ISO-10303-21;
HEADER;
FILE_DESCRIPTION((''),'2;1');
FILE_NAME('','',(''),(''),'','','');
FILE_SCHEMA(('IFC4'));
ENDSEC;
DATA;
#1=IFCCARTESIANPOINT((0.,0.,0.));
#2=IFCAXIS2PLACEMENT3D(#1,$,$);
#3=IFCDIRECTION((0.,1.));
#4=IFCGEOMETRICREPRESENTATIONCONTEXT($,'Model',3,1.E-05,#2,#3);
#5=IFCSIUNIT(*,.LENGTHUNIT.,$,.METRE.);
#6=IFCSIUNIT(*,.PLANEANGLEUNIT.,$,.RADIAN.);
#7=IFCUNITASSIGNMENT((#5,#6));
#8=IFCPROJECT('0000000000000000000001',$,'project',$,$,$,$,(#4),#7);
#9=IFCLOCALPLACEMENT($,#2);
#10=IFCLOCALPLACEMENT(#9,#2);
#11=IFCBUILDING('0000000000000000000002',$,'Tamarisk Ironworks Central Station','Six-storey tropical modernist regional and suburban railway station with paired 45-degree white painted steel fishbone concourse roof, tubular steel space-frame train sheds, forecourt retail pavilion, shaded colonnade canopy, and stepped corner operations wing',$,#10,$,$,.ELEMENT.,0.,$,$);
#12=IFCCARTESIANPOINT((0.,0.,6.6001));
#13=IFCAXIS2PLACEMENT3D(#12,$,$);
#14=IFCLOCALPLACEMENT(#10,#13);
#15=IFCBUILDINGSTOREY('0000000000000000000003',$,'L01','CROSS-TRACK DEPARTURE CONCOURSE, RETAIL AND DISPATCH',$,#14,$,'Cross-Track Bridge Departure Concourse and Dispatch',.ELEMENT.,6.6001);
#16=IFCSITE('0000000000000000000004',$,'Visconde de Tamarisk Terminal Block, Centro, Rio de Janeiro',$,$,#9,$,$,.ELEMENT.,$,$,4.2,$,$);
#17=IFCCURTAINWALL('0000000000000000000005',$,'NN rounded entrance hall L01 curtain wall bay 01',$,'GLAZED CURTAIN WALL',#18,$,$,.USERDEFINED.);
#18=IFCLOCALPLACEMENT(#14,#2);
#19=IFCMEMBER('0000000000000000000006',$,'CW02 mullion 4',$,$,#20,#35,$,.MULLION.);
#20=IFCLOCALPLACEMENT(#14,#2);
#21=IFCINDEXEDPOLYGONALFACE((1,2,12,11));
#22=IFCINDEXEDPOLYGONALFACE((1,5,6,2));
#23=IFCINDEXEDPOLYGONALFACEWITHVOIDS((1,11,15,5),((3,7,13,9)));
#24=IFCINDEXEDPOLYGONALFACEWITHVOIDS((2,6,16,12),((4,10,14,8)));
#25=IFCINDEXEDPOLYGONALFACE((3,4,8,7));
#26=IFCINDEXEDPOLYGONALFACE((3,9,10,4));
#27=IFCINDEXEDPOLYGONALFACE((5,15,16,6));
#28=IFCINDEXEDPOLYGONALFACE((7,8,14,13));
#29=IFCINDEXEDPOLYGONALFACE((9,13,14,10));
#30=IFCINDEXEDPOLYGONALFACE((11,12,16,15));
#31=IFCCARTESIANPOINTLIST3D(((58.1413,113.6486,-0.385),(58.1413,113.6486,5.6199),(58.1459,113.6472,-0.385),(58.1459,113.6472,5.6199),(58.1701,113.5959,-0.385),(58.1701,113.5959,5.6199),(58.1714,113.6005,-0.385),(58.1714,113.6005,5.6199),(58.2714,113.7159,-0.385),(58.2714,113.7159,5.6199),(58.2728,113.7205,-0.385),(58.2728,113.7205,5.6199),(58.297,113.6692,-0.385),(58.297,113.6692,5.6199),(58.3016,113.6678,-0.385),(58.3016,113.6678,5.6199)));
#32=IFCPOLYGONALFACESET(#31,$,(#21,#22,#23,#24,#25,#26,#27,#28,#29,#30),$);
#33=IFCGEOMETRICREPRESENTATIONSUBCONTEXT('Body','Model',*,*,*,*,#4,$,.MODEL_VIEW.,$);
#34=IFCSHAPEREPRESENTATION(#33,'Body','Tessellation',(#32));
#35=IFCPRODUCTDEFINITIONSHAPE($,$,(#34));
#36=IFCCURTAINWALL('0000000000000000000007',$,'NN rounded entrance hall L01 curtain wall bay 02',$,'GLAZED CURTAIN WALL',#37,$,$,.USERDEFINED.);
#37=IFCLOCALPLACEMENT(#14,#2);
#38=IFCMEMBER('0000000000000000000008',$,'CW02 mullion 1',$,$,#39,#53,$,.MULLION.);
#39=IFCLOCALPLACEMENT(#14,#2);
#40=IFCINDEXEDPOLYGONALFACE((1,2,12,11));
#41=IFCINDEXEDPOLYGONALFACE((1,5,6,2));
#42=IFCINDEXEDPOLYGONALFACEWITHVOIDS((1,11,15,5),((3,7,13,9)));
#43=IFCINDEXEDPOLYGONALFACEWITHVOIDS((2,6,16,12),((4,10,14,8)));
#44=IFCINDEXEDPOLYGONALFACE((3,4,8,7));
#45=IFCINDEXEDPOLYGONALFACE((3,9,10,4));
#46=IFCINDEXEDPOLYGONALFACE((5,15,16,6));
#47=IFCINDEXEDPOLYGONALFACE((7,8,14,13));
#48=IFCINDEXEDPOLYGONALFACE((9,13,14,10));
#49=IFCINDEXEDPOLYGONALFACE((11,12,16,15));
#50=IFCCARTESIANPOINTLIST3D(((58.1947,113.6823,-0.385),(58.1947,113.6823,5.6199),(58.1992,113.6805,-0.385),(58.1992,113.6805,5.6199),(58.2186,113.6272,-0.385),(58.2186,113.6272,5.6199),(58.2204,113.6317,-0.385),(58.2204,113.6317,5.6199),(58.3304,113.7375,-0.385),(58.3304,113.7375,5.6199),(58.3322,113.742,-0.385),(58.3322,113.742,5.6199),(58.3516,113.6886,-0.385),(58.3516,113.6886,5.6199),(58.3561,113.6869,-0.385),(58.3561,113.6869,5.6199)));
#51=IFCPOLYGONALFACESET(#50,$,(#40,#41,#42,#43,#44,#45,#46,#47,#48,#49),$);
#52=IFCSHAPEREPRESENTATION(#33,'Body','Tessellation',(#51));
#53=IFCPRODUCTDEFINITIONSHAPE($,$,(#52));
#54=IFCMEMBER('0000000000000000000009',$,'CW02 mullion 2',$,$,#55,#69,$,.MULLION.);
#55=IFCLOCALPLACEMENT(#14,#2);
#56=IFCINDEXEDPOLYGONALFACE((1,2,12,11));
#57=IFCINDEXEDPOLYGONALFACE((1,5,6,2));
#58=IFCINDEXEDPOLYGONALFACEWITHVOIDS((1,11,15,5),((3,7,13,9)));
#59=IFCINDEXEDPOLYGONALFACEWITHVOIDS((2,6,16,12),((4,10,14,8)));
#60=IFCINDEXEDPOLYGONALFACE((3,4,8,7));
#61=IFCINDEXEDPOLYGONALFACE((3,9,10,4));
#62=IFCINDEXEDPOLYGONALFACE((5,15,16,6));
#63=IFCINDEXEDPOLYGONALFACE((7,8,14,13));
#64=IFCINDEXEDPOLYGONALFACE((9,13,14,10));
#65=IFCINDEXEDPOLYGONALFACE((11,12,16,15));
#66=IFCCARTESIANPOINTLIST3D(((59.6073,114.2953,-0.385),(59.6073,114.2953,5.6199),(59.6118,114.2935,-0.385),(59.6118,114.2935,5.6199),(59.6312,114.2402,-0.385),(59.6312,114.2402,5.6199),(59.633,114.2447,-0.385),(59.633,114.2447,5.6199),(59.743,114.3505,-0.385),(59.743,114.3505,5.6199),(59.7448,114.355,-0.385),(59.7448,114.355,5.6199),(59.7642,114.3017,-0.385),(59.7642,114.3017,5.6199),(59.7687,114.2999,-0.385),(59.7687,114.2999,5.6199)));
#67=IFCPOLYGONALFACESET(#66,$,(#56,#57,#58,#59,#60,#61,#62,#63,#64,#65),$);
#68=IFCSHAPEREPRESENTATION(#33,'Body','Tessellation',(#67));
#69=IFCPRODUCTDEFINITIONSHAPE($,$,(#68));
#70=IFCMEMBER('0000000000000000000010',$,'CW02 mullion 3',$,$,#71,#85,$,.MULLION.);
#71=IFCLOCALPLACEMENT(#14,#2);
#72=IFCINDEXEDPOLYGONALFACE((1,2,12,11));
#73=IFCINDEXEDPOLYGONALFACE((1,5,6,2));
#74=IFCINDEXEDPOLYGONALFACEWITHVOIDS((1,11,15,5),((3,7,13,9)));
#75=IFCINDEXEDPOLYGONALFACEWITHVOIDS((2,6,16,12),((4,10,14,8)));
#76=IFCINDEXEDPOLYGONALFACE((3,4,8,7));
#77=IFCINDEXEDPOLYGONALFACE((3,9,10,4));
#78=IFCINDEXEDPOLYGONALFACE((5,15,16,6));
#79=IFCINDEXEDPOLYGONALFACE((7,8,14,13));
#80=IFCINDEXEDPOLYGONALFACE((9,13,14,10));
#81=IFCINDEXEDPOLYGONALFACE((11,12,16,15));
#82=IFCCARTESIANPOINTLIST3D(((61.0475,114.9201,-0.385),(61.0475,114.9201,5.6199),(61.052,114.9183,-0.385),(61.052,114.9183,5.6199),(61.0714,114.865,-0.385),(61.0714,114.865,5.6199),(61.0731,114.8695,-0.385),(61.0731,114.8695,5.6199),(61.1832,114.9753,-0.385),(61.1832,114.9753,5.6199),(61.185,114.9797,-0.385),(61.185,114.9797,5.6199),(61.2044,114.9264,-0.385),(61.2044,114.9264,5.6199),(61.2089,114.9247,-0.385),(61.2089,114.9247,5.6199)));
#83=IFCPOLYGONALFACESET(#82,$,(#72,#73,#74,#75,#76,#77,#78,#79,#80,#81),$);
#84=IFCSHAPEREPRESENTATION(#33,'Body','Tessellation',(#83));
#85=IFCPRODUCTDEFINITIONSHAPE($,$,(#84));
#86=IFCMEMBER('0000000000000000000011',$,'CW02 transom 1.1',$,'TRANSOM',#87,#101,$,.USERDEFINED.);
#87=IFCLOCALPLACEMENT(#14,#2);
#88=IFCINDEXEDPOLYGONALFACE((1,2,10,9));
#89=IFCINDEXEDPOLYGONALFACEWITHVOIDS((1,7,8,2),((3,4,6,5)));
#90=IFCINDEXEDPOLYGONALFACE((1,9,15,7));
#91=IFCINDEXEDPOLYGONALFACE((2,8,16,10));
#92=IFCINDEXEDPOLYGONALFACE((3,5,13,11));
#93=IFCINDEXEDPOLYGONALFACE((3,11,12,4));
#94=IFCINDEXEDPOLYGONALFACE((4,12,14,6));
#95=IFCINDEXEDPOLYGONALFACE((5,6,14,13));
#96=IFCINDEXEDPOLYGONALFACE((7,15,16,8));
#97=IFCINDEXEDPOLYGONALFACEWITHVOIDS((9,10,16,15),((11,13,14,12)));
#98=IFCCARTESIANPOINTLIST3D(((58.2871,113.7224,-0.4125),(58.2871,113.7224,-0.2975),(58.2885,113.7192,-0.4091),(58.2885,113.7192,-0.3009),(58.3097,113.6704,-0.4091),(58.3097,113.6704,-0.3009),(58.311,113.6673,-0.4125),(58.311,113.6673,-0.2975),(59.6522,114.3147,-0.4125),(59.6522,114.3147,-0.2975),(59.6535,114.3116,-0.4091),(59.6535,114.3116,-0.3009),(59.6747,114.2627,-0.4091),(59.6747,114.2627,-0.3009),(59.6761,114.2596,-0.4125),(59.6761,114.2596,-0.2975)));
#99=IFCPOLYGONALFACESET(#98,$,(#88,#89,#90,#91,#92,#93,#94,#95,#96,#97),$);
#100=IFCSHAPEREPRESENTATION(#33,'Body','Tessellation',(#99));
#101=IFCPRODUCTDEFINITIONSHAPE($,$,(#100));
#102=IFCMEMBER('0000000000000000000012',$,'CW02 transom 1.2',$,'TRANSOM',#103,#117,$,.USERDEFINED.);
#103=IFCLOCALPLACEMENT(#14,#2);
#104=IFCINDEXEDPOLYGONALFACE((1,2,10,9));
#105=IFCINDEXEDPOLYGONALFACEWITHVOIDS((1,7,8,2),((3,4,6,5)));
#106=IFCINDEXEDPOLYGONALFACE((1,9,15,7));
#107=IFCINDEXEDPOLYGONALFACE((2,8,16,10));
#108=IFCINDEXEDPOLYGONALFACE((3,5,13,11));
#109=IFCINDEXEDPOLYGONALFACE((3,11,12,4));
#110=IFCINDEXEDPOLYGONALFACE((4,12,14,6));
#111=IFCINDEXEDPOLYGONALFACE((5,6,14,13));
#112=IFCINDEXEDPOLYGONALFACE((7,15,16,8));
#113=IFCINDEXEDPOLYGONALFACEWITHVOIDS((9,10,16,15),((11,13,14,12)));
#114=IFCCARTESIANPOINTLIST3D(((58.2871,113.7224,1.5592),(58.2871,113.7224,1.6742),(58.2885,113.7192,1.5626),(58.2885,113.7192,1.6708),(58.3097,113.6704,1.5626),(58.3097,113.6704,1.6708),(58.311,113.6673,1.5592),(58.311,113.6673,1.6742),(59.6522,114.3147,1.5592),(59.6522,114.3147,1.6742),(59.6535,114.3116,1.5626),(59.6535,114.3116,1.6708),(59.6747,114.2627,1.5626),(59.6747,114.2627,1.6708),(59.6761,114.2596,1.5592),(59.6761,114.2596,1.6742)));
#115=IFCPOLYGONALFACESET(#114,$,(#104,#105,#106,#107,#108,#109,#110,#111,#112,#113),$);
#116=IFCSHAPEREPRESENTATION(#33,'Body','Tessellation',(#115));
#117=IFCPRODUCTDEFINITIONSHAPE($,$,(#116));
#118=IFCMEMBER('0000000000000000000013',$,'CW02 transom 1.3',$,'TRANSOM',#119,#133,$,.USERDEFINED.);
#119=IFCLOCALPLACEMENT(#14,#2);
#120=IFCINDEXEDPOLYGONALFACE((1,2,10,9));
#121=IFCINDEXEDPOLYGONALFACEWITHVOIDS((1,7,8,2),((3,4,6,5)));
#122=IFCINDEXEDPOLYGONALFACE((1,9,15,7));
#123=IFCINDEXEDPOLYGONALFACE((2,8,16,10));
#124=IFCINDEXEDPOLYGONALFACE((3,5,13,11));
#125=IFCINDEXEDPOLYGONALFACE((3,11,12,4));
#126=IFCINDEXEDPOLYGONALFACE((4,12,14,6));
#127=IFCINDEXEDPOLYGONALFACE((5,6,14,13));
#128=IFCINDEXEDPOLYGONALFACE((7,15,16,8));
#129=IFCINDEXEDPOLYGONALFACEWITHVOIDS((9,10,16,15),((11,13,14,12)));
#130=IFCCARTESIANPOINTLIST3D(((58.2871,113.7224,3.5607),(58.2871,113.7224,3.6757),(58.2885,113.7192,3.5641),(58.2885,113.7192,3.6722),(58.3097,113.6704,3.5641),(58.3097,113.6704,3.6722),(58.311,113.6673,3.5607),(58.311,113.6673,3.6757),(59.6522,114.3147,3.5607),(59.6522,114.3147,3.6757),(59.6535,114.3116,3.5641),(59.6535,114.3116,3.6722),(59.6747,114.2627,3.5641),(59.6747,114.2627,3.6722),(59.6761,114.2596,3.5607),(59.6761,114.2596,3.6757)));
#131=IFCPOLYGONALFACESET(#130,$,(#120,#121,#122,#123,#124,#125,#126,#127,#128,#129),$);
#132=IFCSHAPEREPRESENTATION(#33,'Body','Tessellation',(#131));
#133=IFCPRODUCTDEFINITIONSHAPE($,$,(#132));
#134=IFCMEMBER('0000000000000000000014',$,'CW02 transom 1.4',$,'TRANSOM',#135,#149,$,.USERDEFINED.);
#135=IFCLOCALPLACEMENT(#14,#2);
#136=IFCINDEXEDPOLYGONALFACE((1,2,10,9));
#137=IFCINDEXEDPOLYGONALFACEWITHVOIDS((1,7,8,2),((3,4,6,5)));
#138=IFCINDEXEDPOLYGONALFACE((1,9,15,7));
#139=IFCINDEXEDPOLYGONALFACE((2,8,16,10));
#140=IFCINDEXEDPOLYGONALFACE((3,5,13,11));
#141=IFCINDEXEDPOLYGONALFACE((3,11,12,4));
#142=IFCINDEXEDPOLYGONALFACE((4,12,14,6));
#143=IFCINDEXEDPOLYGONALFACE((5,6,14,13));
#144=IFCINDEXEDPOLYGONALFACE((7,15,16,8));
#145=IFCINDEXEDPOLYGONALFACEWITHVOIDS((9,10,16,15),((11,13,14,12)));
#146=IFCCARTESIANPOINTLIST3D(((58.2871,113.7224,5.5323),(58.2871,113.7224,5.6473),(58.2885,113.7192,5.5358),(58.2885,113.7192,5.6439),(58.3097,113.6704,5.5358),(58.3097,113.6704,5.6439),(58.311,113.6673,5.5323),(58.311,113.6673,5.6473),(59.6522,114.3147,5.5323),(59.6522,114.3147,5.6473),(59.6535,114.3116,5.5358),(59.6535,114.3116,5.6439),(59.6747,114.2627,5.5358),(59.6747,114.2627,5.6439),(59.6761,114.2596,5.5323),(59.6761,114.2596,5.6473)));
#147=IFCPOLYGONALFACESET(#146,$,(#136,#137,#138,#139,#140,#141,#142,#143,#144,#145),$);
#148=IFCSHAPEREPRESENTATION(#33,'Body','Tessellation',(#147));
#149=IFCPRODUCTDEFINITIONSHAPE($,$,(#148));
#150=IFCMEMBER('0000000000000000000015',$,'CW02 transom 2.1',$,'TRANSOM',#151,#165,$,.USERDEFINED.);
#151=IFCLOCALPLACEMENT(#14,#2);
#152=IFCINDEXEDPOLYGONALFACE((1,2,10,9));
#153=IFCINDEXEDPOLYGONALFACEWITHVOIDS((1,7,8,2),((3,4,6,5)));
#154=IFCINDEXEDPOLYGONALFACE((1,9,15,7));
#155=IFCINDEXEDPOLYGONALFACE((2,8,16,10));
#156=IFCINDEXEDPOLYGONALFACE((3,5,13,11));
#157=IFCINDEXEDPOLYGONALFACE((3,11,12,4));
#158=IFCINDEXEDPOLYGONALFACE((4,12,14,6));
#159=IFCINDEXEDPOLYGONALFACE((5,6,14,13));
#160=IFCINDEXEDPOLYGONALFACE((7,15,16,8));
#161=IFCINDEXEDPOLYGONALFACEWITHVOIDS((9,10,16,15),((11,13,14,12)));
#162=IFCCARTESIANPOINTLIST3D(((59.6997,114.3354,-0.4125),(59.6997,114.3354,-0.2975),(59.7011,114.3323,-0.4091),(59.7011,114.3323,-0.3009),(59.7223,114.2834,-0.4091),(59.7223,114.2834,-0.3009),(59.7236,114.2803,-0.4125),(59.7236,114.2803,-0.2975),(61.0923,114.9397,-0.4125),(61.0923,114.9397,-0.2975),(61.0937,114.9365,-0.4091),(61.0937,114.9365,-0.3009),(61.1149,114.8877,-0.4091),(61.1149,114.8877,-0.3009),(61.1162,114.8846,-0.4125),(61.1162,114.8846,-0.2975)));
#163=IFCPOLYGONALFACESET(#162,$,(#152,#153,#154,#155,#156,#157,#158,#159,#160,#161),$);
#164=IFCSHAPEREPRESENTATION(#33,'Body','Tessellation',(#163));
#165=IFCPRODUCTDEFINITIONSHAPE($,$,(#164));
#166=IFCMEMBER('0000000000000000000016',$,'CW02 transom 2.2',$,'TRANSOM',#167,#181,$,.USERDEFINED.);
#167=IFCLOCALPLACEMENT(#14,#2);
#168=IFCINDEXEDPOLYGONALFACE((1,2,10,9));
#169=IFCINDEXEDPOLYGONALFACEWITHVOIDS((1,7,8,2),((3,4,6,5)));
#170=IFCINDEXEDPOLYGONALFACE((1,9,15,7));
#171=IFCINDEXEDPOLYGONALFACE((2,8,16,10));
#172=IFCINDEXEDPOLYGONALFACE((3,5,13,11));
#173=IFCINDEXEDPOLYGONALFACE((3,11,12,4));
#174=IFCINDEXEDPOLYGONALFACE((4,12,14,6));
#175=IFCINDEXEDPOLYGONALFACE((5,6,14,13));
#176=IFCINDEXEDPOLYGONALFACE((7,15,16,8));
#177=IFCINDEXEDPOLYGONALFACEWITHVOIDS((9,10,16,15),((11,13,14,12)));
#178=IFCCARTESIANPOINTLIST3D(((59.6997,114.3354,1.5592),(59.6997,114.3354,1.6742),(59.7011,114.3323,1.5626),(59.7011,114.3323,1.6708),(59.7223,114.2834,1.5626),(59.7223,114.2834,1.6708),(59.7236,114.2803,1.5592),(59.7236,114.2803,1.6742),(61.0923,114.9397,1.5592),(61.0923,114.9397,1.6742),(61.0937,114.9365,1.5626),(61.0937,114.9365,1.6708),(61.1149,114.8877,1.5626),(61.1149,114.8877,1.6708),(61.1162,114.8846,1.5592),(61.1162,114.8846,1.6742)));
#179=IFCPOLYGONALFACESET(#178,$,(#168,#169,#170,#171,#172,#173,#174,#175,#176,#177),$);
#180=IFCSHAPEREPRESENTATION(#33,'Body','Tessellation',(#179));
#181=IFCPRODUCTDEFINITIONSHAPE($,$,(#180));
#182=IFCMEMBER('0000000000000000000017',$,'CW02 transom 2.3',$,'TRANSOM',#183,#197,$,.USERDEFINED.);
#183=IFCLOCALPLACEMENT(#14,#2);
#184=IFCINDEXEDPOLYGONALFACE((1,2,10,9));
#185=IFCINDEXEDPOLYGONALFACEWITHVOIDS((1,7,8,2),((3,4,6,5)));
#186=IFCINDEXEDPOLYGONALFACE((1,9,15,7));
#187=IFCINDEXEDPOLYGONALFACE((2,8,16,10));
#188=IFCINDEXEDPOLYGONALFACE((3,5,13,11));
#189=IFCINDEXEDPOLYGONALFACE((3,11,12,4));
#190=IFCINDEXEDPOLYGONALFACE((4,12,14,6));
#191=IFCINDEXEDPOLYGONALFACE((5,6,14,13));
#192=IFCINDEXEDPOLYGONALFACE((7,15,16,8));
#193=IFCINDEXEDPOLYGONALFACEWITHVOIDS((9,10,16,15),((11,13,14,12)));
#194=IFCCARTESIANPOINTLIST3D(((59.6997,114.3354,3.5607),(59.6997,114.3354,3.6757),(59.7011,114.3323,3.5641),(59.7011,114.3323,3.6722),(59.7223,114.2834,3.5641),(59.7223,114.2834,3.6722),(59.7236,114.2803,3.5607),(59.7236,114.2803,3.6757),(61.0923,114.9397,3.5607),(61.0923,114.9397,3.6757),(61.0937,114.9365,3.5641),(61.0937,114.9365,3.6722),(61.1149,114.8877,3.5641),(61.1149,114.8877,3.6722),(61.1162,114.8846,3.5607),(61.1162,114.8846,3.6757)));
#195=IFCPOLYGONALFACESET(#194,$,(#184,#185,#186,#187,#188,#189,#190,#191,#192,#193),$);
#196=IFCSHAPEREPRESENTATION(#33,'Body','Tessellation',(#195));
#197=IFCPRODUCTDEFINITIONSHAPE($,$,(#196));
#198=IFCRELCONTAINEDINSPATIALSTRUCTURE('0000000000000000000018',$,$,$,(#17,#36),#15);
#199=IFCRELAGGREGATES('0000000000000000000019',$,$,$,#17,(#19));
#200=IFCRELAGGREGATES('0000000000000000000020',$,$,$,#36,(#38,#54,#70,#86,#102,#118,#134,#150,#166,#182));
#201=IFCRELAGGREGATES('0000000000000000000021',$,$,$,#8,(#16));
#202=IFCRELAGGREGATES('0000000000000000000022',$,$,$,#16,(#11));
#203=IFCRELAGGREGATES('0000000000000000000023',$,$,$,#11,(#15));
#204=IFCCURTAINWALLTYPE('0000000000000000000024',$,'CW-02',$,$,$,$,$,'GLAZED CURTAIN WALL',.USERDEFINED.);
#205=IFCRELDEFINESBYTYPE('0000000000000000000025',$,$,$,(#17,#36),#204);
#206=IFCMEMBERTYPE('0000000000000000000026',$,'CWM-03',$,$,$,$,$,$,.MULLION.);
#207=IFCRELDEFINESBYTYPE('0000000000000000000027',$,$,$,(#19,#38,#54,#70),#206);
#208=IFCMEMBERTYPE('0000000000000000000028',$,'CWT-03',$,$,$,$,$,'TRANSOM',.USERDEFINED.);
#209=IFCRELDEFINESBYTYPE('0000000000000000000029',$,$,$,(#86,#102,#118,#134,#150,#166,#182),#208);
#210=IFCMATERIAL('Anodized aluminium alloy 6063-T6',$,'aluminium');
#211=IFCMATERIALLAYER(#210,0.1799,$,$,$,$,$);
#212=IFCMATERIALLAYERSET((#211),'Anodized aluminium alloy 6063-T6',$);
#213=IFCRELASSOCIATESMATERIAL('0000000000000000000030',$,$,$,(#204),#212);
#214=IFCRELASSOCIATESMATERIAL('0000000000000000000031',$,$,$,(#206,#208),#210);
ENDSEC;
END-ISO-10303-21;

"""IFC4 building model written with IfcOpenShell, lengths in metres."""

from ifc_helpers import new_model, si_unit, direction, frame, origin, origin_2d, place, context, subcontext, project, spatial, hollow_rectangle, extrude, material, layer, layer_set, material_profile, profile_set, type_object, element, aggregate, save


model = new_model("IFC4")

# Units and contexts
model_context = context("Model", 3, precision=1e-05, world=origin(), true_north=direction((0.0, 1.0)))
body_context = subcontext(model_context, "Body", "Model", "MODEL_VIEW")
ifc_project = project(units=[si_unit("LENGTHUNIT", "METRE"), si_unit("PLANEANGLEUNIT", "RADIAN")], contexts=[model_context])

# Site, building, storey
site_placement = place(None, origin())
site = spatial("IfcSite", under=ifc_project, at=site_placement, Name="Visconde de Tamarisk Terminal Block, Centro, Rio de Janeiro", CompositionType="ELEMENT", RefElevation=4.2)
building_placement = place(site_placement, origin())
building = spatial("IfcBuilding", under=site, at=building_placement, Name="Tamarisk Ironworks Central Station", Description="Six-storey tropical modernist regional and suburban railway station with paired 45-degree white painted steel fishbone concourse roof, tubular steel space-frame train sheds, forecourt retail pavilion, shaded colonnade canopy, and stepped corner operations wing", CompositionType="ELEMENT", ElevationOfRefHeight=0.0)
storey_placement = place(building_placement, frame((0.0, 0.0, 6.6001)))
storey = spatial("IfcBuildingStorey", under=building, at=storey_placement, Name="L01", Description="CROSS-TRACK DEPARTURE CONCOURSE, RETAIL AND DISPATCH", LongName="Cross-Track Bridge Departure Concourse and Dispatch", CompositionType="ELEMENT", Elevation=6.6001)

# Curtain wall, member
ifc_material_1 = material(Name="Anodized aluminium alloy 6063-T6", Category="aluminium")
ifc_layer_1 = layer(ifc_material_1, 0.1799)
ifc_layer_set_1 = layer_set([ifc_layer_1], Name="Anodized aluminium alloy 6063-T6")
curtain_wall_type = type_object("IfcCurtainWallType", Name="CW-02", ElementType="GLAZED CURTAIN WALL", PredefinedType="USERDEFINED", material=ifc_layer_set_1)
curtain_wall_1_placement = place(storey_placement, origin())
curtain_wall_1 = element("IfcCurtainWall", 1, at=curtain_wall_1_placement, inside=storey, type_object=curtain_wall_type, Name="NN rounded entrance hall L01 curtain wall bay 01", ObjectType="GLAZED CURTAIN WALL", PredefinedType="USERDEFINED")
ifc_material_profile_1 = material_profile(ifc_material_1, hollow_rectangle(XDim=0.0601, YDim=0.1499, WallThickness=0.0034, at=origin_2d()), Name="ALUM 150x60")
ifc_profile_set_1 = profile_set([ifc_material_profile_1], Name="Anodized aluminium alloy 6063-T6")
member_type_1 = type_object("IfcMemberType", Name="CWM-03", PredefinedType="MULLION", material=ifc_profile_set_1)
member_1_placement = place(storey_placement, frame((58.2214, 113.6582, -0.385), z_axis=(0.0, 0.0, 1.0), x_axis=(-0.479805, 0.877375, 0.0)))
member_1 = element("IfcMember", 2, at=member_1_placement, type_object=member_type_1, Name="CW02 mullion 4", PredefinedType="MULLION", context=body_context, shape_type="SweptSolid", body=[
    extrude(hollow_rectangle(XDim=0.0601, YDim=0.1499, WallThickness=0.0034, at=origin_2d()), origin(), (0.0, 0.0, 1.0), 6.0049),
])
aggregate(curtain_wall_1, [member_1])

# Curtain wall, members
curtain_wall_2_placement = place(storey_placement, origin())
curtain_wall_2 = element("IfcCurtainWall", 3, at=curtain_wall_2_placement, inside=storey, type_object=curtain_wall_type, Name="NN rounded entrance hall L01 curtain wall bay 02", ObjectType="GLAZED CURTAIN WALL", PredefinedType="USERDEFINED")
member_2_placement = place(storey_placement, frame((58.2754, 113.6846, -0.385), z_axis=(0.0, 0.0, 1.0), x_axis=(-0.398077, 0.917352, 0.0)))
member_2 = element("IfcMember", 4, at=member_2_placement, type_object=member_type_1, Name="CW02 mullion 1", PredefinedType="MULLION", context=body_context, shape_type="SweptSolid", body=[
    extrude(hollow_rectangle(XDim=0.0601, YDim=0.1499, WallThickness=0.0034, at=origin_2d()), origin(), (0.0, 0.0, 1.0), 6.0049),
])
member_3_placement = place(storey_placement, frame((59.688, 114.2976, -0.385), z_axis=(0.0, 0.0, 1.0), x_axis=(-0.398077, 0.917352, 0.0)))
member_3 = element("IfcMember", 5, at=member_3_placement, type_object=member_type_1, Name="CW02 mullion 2", PredefinedType="MULLION", context=body_context, shape_type="SweptSolid", body=[
    extrude(hollow_rectangle(XDim=0.0601, YDim=0.1499, WallThickness=0.0034, at=origin_2d()), origin(), (0.0, 0.0, 1.0), 6.0049),
])
member_4_placement = place(storey_placement, frame((61.1282, 114.9224, -0.385), z_axis=(0.0, 0.0, 1.0), x_axis=(-0.398077, 0.917352, 0.0)))
member_4 = element("IfcMember", 6, at=member_4_placement, type_object=member_type_1, Name="CW02 mullion 3", PredefinedType="MULLION", context=body_context, shape_type="SweptSolid", body=[
    extrude(hollow_rectangle(XDim=0.0601, YDim=0.1499, WallThickness=0.0034, at=origin_2d()), origin(), (0.0, 0.0, 1.0), 6.0049),
])
ifc_material_profile_2 = material_profile(ifc_material_1, hollow_rectangle(XDim=0.0601, YDim=0.115, WallThickness=0.0034, at=origin_2d()), Name="ALUM 115x60")
ifc_profile_set_2 = profile_set([ifc_material_profile_2], Name="Anodized aluminium alloy 6063-T6")
member_type_2 = type_object("IfcMemberType", Name="CWT-03", ElementType="TRANSOM", PredefinedType="USERDEFINED", material=ifc_profile_set_2)
member_5_placement = place(storey_placement, frame((58.2991, 113.6948, -0.355), z_axis=(0.917362, 0.398054, 0.0), x_axis=(-0.398054, 0.917362, 0.0)))
member_5 = element("IfcMember", 7, at=member_5_placement, type_object=member_type_2, Name="CW02 transom 1.1", ObjectType="TRANSOM", PredefinedType="USERDEFINED", context=body_context, shape_type="SweptSolid", body=[
    extrude(hollow_rectangle(XDim=0.0601, YDim=0.115, WallThickness=0.0034, at=origin_2d()), origin(), (0.0, 0.0, 1.0), 1.488),
])
member_6_placement = place(storey_placement, frame((58.2991, 113.6948, 1.6167), z_axis=(0.917362, 0.398054, 0.0), x_axis=(-0.398054, 0.917362, 0.0)))
member_6 = element("IfcMember", 8, at=member_6_placement, type_object=member_type_2, Name="CW02 transom 1.2", ObjectType="TRANSOM", PredefinedType="USERDEFINED", context=body_context, shape_type="SweptSolid", body=[
    extrude(hollow_rectangle(XDim=0.0601, YDim=0.115, WallThickness=0.0034, at=origin_2d()), origin(), (0.0, 0.0, 1.0), 1.488),
])
member_7_placement = place(storey_placement, frame((58.2991, 113.6948, 3.6182), z_axis=(0.917362, 0.398054, 0.0), x_axis=(-0.398054, 0.917362, 0.0)))
member_7 = element("IfcMember", 9, at=member_7_placement, type_object=member_type_2, Name="CW02 transom 1.3", ObjectType="TRANSOM", PredefinedType="USERDEFINED", context=body_context, shape_type="SweptSolid", body=[
    extrude(hollow_rectangle(XDim=0.0601, YDim=0.115, WallThickness=0.0034, at=origin_2d()), origin(), (0.0, 0.0, 1.0), 1.488),
])
member_8_placement = place(storey_placement, frame((58.2991, 113.6948, 5.5898), z_axis=(0.917362, 0.398054, 0.0), x_axis=(-0.398054, 0.917362, 0.0)))
member_8 = element("IfcMember", 10, at=member_8_placement, type_object=member_type_2, Name="CW02 transom 1.4", ObjectType="TRANSOM", PredefinedType="USERDEFINED", context=body_context, shape_type="SweptSolid", body=[
    extrude(hollow_rectangle(XDim=0.0601, YDim=0.115, WallThickness=0.0034, at=origin_2d()), origin(), (0.0, 0.0, 1.0), 1.488),
])
member_9_placement = place(storey_placement, frame((59.7117, 114.3079, -0.355), z_axis=(0.917364, 0.39805, 0.0), x_axis=(-0.39805, 0.917364, 0.0)))
member_9 = element("IfcMember", 11, at=member_9_placement, type_object=member_type_2, Name="CW02 transom 2.1", ObjectType="TRANSOM", PredefinedType="USERDEFINED", context=body_context, shape_type="SweptSolid", body=[
    extrude(hollow_rectangle(XDim=0.0601, YDim=0.115, WallThickness=0.0034, at=origin_2d()), origin(), (0.0, 0.0, 1.0), 1.5181),
])
member_10_placement = place(storey_placement, frame((59.7117, 114.3079, 1.6167), z_axis=(0.917364, 0.39805, 0.0), x_axis=(-0.39805, 0.917364, 0.0)))
member_10 = element("IfcMember", 12, at=member_10_placement, type_object=member_type_2, Name="CW02 transom 2.2", ObjectType="TRANSOM", PredefinedType="USERDEFINED", context=body_context, shape_type="SweptSolid", body=[
    extrude(hollow_rectangle(XDim=0.0601, YDim=0.115, WallThickness=0.0034, at=origin_2d()), origin(), (0.0, 0.0, 1.0), 1.5181),
])
member_11_placement = place(storey_placement, frame((59.7117, 114.3079, 3.6182), z_axis=(0.917364, 0.39805, 0.0), x_axis=(-0.39805, 0.917364, 0.0)))
member_11 = element("IfcMember", 13, at=member_11_placement, type_object=member_type_2, Name="CW02 transom 2.3", ObjectType="TRANSOM", PredefinedType="USERDEFINED", context=body_context, shape_type="SweptSolid", body=[
    extrude(hollow_rectangle(XDim=0.0601, YDim=0.115, WallThickness=0.0034, at=origin_2d()), origin(), (0.0, 0.0, 1.0), 1.5181),
])
aggregate(curtain_wall_2, [member_2, member_3, member_4, member_5, member_6, member_7, member_8, member_9, member_10, member_11])

save(model, "model.ifc")
